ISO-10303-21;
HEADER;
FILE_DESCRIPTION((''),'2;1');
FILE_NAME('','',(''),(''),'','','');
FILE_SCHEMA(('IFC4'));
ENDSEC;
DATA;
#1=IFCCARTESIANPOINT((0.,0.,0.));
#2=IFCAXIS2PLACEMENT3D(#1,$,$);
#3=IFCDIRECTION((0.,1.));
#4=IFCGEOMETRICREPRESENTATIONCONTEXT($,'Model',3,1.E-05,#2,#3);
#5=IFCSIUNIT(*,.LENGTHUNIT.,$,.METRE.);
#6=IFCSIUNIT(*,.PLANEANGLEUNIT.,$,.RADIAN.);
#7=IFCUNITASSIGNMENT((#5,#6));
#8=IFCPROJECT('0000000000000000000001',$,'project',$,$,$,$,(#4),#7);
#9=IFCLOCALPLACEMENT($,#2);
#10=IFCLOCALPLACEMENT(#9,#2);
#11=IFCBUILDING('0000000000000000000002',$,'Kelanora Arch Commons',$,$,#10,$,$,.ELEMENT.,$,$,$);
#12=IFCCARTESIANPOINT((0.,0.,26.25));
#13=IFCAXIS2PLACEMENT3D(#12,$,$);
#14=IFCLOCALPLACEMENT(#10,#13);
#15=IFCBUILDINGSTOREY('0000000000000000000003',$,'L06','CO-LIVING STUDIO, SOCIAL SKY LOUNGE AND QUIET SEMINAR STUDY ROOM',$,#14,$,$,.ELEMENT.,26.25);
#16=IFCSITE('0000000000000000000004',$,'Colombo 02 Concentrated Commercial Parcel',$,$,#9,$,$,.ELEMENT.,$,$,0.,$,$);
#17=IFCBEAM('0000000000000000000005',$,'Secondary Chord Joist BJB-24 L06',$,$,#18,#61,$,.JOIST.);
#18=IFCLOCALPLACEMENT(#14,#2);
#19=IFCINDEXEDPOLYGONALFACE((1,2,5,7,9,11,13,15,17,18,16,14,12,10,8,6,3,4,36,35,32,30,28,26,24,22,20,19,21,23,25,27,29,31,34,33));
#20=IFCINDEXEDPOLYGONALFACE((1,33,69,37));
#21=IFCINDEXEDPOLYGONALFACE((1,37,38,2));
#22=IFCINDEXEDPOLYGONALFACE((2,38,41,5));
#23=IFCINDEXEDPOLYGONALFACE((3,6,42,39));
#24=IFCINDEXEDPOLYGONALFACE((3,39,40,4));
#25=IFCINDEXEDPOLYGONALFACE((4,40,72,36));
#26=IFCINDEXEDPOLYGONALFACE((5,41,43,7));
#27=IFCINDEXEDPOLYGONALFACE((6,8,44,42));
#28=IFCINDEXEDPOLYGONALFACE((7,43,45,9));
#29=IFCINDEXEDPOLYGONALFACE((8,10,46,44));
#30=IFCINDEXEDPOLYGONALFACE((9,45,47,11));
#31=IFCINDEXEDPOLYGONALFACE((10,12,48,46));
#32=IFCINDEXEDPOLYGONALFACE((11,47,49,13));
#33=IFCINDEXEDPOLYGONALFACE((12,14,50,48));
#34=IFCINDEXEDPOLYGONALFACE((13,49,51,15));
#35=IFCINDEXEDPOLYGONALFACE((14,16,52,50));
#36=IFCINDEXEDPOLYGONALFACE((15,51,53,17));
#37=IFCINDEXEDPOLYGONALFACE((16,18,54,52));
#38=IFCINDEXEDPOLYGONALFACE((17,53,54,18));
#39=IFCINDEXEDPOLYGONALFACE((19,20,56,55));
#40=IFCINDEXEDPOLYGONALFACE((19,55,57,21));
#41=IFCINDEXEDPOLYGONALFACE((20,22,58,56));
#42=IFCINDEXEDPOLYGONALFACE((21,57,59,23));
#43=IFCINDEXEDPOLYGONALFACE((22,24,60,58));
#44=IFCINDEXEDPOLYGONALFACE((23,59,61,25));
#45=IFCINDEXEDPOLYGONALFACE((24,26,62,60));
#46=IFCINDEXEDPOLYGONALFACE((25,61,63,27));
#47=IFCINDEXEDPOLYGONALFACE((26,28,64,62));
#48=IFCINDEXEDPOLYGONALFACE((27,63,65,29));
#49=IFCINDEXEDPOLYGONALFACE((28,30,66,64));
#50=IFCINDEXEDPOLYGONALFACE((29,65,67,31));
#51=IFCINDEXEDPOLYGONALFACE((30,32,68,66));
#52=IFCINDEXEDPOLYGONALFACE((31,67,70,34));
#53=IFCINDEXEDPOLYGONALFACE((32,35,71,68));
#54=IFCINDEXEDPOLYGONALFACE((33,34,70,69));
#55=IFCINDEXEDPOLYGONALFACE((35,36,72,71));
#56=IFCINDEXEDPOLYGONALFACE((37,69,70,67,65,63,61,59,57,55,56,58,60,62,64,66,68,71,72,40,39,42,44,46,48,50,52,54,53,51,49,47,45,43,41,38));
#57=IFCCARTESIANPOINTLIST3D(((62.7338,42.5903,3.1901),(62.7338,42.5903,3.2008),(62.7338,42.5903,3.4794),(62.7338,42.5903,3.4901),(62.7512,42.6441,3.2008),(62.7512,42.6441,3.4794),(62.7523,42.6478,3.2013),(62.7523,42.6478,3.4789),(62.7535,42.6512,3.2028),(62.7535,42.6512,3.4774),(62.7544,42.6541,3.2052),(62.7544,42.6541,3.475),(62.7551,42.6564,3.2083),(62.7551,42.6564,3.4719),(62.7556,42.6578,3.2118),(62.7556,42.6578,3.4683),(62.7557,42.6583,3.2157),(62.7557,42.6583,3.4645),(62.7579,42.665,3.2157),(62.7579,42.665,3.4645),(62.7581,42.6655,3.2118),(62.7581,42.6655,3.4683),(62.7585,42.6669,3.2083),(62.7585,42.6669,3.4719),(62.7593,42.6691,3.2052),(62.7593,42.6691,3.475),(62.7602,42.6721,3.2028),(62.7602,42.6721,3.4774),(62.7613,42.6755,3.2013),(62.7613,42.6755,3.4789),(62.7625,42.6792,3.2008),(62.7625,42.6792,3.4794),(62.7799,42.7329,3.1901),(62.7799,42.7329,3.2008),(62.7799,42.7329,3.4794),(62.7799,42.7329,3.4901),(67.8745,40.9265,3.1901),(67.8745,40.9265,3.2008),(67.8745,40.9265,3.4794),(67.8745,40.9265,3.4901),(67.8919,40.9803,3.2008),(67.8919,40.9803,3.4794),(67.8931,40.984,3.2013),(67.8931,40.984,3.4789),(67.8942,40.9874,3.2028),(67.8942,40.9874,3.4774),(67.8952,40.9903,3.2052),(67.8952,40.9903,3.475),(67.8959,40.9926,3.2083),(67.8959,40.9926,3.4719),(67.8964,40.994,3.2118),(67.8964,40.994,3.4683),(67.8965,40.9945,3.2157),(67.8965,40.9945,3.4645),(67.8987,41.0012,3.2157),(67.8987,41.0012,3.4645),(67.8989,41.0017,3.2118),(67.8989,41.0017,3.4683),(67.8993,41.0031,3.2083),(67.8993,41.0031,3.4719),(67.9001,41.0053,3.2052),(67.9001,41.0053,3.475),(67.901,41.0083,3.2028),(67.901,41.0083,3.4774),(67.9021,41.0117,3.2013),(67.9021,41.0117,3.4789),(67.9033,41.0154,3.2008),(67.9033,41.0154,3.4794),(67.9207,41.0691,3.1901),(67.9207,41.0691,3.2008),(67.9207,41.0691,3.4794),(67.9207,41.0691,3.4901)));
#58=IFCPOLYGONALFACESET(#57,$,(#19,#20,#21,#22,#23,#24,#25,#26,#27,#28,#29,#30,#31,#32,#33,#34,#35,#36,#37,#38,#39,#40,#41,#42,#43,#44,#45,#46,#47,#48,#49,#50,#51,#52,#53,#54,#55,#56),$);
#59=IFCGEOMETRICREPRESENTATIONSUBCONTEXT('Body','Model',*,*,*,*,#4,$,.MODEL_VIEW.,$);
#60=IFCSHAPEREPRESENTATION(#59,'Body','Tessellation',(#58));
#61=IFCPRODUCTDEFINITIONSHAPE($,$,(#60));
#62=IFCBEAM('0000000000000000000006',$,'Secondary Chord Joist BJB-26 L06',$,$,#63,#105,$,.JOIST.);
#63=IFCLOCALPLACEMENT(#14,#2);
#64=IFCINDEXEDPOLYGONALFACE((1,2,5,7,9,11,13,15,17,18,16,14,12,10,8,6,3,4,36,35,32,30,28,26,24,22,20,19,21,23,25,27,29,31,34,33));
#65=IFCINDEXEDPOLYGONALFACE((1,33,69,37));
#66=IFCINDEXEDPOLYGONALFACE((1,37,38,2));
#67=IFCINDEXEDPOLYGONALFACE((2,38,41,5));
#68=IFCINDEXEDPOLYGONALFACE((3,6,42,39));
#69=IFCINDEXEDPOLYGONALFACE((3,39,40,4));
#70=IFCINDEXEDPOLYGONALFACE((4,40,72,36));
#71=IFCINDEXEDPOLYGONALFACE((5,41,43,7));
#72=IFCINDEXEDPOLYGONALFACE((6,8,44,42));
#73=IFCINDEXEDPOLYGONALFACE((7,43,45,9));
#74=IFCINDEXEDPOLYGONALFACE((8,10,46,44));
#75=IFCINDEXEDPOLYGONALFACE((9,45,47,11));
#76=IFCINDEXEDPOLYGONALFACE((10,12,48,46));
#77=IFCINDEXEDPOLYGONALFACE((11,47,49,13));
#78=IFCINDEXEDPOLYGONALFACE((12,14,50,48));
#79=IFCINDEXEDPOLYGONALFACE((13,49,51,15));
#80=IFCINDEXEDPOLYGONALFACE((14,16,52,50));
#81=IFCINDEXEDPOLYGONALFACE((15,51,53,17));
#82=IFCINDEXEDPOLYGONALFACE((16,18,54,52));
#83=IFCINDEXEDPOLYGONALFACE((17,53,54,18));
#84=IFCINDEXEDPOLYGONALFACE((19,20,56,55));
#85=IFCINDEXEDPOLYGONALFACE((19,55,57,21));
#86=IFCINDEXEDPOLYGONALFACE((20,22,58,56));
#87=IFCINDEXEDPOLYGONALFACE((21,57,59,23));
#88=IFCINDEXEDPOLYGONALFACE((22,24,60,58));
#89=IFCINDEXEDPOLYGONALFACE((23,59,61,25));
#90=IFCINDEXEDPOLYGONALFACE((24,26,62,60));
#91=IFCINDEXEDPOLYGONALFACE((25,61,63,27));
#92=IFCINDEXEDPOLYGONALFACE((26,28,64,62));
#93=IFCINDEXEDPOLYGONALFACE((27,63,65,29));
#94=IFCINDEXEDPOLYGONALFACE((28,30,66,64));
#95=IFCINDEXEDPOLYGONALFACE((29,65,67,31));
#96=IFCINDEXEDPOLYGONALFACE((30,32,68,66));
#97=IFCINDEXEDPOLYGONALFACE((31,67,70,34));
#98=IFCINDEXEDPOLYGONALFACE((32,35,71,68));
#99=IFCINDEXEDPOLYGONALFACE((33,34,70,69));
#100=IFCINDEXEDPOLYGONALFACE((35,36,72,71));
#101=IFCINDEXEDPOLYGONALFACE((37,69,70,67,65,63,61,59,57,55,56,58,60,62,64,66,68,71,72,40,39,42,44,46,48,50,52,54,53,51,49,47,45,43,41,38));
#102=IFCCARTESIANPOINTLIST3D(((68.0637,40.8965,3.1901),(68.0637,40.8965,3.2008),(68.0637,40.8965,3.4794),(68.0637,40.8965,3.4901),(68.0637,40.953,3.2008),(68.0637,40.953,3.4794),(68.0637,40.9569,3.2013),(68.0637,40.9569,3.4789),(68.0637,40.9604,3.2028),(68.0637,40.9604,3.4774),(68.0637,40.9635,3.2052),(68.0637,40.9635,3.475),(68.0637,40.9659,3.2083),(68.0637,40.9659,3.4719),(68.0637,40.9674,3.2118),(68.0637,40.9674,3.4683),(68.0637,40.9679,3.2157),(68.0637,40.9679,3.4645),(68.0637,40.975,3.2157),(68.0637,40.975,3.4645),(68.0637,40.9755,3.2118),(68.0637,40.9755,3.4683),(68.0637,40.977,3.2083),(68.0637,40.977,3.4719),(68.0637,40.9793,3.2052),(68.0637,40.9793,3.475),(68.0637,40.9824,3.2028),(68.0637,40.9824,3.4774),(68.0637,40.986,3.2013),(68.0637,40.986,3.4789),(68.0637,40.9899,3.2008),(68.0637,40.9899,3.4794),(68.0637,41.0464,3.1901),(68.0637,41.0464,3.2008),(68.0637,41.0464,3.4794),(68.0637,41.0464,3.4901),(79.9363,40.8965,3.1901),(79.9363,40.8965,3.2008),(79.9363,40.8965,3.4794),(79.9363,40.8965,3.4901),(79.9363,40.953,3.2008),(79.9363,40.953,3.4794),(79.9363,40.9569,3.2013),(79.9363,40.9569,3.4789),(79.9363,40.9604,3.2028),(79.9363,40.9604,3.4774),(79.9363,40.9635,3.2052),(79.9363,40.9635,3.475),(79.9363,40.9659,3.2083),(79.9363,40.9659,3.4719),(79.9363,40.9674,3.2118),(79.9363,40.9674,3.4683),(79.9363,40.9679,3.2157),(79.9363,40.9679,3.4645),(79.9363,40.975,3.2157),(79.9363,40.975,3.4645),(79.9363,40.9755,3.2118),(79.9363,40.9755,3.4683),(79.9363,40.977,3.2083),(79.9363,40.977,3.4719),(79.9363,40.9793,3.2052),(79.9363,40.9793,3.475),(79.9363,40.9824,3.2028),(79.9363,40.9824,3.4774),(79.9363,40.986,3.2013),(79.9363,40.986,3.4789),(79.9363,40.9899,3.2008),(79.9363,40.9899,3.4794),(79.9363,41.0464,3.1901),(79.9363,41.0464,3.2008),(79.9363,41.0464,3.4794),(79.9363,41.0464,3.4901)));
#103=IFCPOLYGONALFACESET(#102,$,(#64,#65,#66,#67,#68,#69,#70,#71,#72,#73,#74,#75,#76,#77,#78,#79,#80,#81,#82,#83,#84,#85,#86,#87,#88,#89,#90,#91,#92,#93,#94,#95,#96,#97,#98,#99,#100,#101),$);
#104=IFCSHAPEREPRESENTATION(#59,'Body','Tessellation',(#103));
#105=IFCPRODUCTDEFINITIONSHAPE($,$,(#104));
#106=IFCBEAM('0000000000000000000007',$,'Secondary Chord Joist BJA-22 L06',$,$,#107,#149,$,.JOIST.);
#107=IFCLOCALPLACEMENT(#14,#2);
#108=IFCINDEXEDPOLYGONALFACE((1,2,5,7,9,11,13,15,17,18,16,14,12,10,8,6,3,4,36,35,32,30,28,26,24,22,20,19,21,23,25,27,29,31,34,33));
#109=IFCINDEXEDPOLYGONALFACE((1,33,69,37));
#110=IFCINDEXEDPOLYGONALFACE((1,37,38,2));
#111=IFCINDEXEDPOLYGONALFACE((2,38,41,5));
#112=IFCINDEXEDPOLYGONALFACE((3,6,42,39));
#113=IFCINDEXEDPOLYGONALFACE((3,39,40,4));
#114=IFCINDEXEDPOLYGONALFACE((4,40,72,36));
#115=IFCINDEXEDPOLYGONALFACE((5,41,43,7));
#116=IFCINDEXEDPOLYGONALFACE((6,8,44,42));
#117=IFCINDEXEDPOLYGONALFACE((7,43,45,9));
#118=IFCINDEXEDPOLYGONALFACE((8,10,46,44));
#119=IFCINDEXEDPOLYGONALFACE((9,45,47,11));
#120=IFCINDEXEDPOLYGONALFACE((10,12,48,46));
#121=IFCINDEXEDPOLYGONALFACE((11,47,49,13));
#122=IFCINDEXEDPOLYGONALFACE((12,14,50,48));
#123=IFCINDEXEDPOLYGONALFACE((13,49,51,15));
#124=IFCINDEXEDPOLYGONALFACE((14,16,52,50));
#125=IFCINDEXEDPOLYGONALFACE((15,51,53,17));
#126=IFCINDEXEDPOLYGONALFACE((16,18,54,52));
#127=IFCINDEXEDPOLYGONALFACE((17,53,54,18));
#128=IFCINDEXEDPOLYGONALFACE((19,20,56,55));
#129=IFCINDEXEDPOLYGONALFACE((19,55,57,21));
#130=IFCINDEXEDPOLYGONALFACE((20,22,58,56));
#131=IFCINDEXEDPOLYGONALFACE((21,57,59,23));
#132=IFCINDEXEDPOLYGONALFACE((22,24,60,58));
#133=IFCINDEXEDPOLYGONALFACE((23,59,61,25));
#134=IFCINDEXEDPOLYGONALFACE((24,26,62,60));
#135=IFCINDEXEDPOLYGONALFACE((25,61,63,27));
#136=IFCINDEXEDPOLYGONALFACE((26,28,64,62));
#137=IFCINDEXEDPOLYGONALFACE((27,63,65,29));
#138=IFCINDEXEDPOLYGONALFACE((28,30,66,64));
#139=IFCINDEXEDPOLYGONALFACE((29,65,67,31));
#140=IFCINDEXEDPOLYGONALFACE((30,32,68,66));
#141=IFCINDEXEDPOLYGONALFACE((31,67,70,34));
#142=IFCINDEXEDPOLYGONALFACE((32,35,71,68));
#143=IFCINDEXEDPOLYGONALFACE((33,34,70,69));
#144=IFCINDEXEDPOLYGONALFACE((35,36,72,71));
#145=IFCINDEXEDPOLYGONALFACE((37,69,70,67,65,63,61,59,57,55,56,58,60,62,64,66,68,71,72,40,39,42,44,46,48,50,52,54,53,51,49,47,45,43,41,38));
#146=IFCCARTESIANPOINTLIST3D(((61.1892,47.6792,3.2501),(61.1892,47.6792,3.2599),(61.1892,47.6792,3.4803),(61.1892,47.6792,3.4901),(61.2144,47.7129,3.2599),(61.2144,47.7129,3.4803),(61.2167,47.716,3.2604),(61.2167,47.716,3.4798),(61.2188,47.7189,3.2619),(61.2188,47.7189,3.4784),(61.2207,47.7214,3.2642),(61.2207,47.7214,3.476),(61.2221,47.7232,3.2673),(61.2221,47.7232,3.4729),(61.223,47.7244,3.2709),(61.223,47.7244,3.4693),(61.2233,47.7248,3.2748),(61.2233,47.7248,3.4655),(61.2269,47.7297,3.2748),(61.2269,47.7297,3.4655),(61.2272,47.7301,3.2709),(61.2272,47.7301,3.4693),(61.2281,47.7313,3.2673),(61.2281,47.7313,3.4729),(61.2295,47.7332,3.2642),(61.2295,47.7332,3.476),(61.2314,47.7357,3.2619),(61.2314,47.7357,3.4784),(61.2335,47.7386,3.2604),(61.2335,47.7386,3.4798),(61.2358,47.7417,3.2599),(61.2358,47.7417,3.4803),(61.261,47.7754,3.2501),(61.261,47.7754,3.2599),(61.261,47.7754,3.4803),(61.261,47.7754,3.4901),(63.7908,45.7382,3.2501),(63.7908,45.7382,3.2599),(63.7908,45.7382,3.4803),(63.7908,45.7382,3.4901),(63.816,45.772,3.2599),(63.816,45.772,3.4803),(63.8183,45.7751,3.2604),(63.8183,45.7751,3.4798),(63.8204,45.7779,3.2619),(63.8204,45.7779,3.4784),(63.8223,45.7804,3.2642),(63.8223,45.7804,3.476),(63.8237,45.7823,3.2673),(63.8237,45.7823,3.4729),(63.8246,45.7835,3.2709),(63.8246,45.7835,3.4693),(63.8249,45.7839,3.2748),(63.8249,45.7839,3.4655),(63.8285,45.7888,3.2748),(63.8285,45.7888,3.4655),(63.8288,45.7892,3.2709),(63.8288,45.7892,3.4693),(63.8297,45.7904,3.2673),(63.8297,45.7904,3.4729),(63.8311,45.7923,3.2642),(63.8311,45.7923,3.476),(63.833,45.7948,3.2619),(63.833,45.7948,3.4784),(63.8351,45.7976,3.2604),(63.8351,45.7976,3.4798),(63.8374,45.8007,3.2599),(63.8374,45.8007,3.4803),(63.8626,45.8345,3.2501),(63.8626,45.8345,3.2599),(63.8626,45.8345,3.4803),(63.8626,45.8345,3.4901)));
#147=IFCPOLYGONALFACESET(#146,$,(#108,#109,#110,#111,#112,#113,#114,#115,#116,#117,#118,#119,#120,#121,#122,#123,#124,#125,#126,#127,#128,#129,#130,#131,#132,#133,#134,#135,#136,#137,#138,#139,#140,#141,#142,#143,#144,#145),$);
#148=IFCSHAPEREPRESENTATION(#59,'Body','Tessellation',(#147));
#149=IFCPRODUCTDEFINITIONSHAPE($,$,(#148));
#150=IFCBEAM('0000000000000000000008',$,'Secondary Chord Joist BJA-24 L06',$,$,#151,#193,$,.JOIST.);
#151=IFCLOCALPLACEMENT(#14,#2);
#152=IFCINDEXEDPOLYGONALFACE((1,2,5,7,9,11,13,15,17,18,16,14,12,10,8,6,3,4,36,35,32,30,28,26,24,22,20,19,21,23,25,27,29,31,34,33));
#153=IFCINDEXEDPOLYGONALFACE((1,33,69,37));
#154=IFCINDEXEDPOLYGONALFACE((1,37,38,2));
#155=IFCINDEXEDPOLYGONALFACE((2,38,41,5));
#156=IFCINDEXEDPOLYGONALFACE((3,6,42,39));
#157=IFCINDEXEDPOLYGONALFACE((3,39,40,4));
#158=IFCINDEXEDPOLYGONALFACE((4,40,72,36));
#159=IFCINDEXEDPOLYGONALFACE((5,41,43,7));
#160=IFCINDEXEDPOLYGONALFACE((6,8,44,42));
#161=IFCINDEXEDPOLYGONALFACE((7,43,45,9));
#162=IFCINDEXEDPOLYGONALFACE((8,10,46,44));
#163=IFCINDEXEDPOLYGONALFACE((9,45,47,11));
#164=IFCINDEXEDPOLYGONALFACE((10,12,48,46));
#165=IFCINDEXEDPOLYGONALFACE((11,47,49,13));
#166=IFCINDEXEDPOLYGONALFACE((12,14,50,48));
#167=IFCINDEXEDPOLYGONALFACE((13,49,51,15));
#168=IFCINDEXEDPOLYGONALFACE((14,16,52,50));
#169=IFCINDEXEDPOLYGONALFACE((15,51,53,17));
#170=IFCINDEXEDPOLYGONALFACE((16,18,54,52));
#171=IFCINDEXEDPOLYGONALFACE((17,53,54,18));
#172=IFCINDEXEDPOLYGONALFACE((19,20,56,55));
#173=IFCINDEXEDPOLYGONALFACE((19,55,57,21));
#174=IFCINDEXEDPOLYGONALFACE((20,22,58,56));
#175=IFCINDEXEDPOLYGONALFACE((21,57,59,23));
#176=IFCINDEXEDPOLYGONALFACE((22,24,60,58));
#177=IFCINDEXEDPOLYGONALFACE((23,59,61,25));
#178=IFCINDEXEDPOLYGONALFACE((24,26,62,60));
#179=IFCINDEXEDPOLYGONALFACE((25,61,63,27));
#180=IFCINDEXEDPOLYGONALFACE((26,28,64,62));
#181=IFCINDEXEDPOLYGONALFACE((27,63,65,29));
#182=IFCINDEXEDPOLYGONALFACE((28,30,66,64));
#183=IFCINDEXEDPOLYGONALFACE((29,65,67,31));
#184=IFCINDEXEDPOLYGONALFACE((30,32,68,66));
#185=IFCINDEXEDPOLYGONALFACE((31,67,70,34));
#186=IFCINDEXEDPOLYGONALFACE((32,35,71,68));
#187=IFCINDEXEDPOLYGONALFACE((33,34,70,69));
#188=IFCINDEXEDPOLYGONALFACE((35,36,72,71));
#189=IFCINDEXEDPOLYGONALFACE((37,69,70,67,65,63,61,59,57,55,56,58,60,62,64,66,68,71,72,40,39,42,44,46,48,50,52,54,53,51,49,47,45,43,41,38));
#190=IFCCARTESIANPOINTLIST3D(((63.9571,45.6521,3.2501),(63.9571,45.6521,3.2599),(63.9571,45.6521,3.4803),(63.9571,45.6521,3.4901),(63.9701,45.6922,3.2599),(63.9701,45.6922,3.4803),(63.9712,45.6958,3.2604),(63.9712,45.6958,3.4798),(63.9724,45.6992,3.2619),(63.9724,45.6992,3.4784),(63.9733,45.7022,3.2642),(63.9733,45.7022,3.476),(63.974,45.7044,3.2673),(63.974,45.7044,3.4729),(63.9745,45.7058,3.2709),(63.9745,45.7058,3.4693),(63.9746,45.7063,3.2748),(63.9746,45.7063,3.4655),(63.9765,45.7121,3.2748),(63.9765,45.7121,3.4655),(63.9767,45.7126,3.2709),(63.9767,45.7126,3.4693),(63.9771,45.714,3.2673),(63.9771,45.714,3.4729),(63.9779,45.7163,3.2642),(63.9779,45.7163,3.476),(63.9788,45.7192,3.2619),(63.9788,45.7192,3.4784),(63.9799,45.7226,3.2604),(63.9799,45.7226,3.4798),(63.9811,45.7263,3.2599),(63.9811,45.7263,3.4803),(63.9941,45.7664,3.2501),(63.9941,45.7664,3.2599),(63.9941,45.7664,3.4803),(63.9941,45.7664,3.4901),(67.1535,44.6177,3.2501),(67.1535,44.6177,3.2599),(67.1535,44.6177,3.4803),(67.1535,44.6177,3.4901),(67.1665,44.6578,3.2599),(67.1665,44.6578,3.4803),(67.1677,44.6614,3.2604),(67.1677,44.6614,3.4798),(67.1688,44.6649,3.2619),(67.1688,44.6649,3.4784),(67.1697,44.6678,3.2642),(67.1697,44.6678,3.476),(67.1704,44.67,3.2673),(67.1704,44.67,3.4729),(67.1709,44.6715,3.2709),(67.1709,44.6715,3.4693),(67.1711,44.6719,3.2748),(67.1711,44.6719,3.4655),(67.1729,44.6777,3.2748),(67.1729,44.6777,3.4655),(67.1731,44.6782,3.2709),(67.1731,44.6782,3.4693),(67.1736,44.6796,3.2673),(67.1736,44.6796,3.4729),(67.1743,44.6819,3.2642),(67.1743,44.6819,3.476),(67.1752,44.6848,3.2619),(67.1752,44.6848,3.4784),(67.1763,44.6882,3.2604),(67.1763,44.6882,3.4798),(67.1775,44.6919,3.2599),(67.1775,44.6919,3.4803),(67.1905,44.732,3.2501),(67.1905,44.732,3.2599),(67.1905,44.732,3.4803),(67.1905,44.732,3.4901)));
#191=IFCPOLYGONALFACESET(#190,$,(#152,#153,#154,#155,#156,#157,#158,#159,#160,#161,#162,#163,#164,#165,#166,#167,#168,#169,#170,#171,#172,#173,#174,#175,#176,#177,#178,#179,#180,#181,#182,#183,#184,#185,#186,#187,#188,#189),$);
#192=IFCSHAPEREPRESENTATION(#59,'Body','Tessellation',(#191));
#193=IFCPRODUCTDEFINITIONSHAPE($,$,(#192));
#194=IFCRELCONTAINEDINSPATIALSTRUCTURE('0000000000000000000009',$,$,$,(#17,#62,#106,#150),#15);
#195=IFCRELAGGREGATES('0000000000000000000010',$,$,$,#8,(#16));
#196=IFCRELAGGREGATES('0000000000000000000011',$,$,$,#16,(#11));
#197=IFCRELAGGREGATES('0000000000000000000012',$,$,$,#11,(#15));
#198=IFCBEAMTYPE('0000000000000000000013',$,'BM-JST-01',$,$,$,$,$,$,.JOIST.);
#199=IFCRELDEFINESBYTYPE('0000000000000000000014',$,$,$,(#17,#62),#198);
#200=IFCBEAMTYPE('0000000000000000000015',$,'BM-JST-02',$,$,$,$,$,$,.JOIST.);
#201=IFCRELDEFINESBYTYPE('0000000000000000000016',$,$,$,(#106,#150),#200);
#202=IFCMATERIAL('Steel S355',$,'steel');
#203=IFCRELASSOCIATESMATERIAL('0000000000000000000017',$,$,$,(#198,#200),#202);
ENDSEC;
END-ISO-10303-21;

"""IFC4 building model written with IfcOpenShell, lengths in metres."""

from ifc_helpers import new_model, si_unit, direction, frame, origin, origin_2d, place, context, subcontext, project, spatial, i_section, extrude, material, material_profile, profile_set, type_object, element, save


model = new_model("IFC4")

# Units and contexts
model_context = context("Model", 3, precision=1e-05, world=origin(), true_north=direction((0.0, 1.0)))
body_context = subcontext(model_context, "Body", "Model", "MODEL_VIEW")
ifc_project = project(units=[si_unit("LENGTHUNIT", "METRE"), si_unit("PLANEANGLEUNIT", "RADIAN")], contexts=[model_context])

# Site, building, storey
site_placement = place(None, origin())
site = spatial("IfcSite", under=ifc_project, at=site_placement, Name="Colombo 02 Concentrated Commercial Parcel", CompositionType="ELEMENT", RefElevation=0.0)
building_placement = place(site_placement, origin())
building = spatial("IfcBuilding", under=site, at=building_placement, Name="Kelanora Arch Commons", CompositionType="ELEMENT")
storey_placement = place(building_placement, frame((0.0, 0.0, 26.25)))
storey = spatial("IfcBuildingStorey", under=building, at=storey_placement, Name="L06", Description="CO-LIVING STUDIO, SOCIAL SKY LOUNGE AND QUIET SEMINAR STUDY ROOM", CompositionType="ELEMENT", Elevation=26.25)

# Beams
ifc_material_1 = material(Name="Steel S355", Category="steel")
ifc_material_profile_1 = material_profile(ifc_material_1, i_section(OverallWidth=0.1499, OverallDepth=0.3, WebThickness=0.0071, FlangeThickness=0.0107, FilletRadius=0.0149, at=origin_2d()), Name="IPE300")
ifc_profile_set_1 = profile_set([ifc_material_profile_1], Name="Steel S355")
beam_type_1 = type_object("IfcBeamType", Name="BM-JST-01", PredefinedType="JOIST", material=ifc_profile_set_1)
beam_1_placement = place(storey_placement, frame((62.7568, 42.6616, 3.3401), z_axis=(0.951412, -0.30792, 0.0), x_axis=(0.30792, 0.951412, 0.0)))
element("IfcBeam", 1, at=beam_1_placement, inside=storey, type_object=beam_type_1, Name="Secondary Chord Joist BJB-24 L06", PredefinedType="JOIST", context=body_context, shape_type="SweptSolid", body=[
    extrude(i_section(OverallWidth=0.1499, OverallDepth=0.3, WebThickness=0.0071, FlangeThickness=0.0107, FilletRadius=0.0149, at=origin_2d()), origin(), (0.0, 0.0, 1.0), 5.4033),
])
beam_2_placement = place(storey_placement, frame((68.0637, 40.9714, 3.3401), z_axis=(1.0, 0.0, 0.0), x_axis=(0.0, 1.0, 0.0)))
element("IfcBeam", 2, at=beam_2_placement, inside=storey, type_object=beam_type_1, Name="Secondary Chord Joist BJB-26 L06", PredefinedType="JOIST", context=body_context, shape_type="SweptSolid", body=[
    extrude(i_section(OverallWidth=0.1499, OverallDepth=0.3, WebThickness=0.0071, FlangeThickness=0.0107, FilletRadius=0.0149, at=origin_2d()), origin(), (0.0, 0.0, 1.0), 11.8726),
])
ifc_material_profile_2 = material_profile(ifc_material_1, i_section(OverallWidth=0.1201, OverallDepth=0.24, WebThickness=0.0061, FlangeThickness=0.0098, FilletRadius=0.0149, at=origin_2d()), Name="IPE240")
ifc_profile_set_2 = profile_set([ifc_material_profile_2], Name="Steel S355")
beam_type_2 = type_object("IfcBeamType", Name="BM-JST-02", PredefinedType="JOIST", material=ifc_profile_set_2)
beam_3_placement = place(storey_placement, frame((61.2251, 47.7273, 3.3701), z_axis=(0.801514, -0.597976, 0.0), x_axis=(0.597976, 0.801514, 0.0)))
element("IfcBeam", 3, at=beam_3_placement, inside=storey, type_object=beam_type_2, Name="Secondary Chord Joist BJA-22 L06", PredefinedType="JOIST", context=body_context, shape_type="SweptSolid", body=[
    extrude(i_section(OverallWidth=0.1201, OverallDepth=0.24, WebThickness=0.0061, FlangeThickness=0.0098, FilletRadius=0.0149, at=origin_2d()), origin(), (0.0, 0.0, 1.0), 3.2458),
])
beam_4_placement = place(storey_placement, frame((63.9756, 45.7092, 3.3701), z_axis=(0.951423, -0.307888, 0.0), x_axis=(0.307888, 0.951423, 0.0)))
element("IfcBeam", 4, at=beam_4_placement, inside=storey, type_object=beam_type_2, Name="Secondary Chord Joist BJA-24 L06", PredefinedType="JOIST", context=body_context, shape_type="SweptSolid", body=[
    extrude(i_section(OverallWidth=0.1201, OverallDepth=0.24, WebThickness=0.0061, FlangeThickness=0.0098, FilletRadius=0.0149, at=origin_2d()), origin(), (0.0, 0.0, 1.0), 3.3596),
])

save(model, "model.ifc")
